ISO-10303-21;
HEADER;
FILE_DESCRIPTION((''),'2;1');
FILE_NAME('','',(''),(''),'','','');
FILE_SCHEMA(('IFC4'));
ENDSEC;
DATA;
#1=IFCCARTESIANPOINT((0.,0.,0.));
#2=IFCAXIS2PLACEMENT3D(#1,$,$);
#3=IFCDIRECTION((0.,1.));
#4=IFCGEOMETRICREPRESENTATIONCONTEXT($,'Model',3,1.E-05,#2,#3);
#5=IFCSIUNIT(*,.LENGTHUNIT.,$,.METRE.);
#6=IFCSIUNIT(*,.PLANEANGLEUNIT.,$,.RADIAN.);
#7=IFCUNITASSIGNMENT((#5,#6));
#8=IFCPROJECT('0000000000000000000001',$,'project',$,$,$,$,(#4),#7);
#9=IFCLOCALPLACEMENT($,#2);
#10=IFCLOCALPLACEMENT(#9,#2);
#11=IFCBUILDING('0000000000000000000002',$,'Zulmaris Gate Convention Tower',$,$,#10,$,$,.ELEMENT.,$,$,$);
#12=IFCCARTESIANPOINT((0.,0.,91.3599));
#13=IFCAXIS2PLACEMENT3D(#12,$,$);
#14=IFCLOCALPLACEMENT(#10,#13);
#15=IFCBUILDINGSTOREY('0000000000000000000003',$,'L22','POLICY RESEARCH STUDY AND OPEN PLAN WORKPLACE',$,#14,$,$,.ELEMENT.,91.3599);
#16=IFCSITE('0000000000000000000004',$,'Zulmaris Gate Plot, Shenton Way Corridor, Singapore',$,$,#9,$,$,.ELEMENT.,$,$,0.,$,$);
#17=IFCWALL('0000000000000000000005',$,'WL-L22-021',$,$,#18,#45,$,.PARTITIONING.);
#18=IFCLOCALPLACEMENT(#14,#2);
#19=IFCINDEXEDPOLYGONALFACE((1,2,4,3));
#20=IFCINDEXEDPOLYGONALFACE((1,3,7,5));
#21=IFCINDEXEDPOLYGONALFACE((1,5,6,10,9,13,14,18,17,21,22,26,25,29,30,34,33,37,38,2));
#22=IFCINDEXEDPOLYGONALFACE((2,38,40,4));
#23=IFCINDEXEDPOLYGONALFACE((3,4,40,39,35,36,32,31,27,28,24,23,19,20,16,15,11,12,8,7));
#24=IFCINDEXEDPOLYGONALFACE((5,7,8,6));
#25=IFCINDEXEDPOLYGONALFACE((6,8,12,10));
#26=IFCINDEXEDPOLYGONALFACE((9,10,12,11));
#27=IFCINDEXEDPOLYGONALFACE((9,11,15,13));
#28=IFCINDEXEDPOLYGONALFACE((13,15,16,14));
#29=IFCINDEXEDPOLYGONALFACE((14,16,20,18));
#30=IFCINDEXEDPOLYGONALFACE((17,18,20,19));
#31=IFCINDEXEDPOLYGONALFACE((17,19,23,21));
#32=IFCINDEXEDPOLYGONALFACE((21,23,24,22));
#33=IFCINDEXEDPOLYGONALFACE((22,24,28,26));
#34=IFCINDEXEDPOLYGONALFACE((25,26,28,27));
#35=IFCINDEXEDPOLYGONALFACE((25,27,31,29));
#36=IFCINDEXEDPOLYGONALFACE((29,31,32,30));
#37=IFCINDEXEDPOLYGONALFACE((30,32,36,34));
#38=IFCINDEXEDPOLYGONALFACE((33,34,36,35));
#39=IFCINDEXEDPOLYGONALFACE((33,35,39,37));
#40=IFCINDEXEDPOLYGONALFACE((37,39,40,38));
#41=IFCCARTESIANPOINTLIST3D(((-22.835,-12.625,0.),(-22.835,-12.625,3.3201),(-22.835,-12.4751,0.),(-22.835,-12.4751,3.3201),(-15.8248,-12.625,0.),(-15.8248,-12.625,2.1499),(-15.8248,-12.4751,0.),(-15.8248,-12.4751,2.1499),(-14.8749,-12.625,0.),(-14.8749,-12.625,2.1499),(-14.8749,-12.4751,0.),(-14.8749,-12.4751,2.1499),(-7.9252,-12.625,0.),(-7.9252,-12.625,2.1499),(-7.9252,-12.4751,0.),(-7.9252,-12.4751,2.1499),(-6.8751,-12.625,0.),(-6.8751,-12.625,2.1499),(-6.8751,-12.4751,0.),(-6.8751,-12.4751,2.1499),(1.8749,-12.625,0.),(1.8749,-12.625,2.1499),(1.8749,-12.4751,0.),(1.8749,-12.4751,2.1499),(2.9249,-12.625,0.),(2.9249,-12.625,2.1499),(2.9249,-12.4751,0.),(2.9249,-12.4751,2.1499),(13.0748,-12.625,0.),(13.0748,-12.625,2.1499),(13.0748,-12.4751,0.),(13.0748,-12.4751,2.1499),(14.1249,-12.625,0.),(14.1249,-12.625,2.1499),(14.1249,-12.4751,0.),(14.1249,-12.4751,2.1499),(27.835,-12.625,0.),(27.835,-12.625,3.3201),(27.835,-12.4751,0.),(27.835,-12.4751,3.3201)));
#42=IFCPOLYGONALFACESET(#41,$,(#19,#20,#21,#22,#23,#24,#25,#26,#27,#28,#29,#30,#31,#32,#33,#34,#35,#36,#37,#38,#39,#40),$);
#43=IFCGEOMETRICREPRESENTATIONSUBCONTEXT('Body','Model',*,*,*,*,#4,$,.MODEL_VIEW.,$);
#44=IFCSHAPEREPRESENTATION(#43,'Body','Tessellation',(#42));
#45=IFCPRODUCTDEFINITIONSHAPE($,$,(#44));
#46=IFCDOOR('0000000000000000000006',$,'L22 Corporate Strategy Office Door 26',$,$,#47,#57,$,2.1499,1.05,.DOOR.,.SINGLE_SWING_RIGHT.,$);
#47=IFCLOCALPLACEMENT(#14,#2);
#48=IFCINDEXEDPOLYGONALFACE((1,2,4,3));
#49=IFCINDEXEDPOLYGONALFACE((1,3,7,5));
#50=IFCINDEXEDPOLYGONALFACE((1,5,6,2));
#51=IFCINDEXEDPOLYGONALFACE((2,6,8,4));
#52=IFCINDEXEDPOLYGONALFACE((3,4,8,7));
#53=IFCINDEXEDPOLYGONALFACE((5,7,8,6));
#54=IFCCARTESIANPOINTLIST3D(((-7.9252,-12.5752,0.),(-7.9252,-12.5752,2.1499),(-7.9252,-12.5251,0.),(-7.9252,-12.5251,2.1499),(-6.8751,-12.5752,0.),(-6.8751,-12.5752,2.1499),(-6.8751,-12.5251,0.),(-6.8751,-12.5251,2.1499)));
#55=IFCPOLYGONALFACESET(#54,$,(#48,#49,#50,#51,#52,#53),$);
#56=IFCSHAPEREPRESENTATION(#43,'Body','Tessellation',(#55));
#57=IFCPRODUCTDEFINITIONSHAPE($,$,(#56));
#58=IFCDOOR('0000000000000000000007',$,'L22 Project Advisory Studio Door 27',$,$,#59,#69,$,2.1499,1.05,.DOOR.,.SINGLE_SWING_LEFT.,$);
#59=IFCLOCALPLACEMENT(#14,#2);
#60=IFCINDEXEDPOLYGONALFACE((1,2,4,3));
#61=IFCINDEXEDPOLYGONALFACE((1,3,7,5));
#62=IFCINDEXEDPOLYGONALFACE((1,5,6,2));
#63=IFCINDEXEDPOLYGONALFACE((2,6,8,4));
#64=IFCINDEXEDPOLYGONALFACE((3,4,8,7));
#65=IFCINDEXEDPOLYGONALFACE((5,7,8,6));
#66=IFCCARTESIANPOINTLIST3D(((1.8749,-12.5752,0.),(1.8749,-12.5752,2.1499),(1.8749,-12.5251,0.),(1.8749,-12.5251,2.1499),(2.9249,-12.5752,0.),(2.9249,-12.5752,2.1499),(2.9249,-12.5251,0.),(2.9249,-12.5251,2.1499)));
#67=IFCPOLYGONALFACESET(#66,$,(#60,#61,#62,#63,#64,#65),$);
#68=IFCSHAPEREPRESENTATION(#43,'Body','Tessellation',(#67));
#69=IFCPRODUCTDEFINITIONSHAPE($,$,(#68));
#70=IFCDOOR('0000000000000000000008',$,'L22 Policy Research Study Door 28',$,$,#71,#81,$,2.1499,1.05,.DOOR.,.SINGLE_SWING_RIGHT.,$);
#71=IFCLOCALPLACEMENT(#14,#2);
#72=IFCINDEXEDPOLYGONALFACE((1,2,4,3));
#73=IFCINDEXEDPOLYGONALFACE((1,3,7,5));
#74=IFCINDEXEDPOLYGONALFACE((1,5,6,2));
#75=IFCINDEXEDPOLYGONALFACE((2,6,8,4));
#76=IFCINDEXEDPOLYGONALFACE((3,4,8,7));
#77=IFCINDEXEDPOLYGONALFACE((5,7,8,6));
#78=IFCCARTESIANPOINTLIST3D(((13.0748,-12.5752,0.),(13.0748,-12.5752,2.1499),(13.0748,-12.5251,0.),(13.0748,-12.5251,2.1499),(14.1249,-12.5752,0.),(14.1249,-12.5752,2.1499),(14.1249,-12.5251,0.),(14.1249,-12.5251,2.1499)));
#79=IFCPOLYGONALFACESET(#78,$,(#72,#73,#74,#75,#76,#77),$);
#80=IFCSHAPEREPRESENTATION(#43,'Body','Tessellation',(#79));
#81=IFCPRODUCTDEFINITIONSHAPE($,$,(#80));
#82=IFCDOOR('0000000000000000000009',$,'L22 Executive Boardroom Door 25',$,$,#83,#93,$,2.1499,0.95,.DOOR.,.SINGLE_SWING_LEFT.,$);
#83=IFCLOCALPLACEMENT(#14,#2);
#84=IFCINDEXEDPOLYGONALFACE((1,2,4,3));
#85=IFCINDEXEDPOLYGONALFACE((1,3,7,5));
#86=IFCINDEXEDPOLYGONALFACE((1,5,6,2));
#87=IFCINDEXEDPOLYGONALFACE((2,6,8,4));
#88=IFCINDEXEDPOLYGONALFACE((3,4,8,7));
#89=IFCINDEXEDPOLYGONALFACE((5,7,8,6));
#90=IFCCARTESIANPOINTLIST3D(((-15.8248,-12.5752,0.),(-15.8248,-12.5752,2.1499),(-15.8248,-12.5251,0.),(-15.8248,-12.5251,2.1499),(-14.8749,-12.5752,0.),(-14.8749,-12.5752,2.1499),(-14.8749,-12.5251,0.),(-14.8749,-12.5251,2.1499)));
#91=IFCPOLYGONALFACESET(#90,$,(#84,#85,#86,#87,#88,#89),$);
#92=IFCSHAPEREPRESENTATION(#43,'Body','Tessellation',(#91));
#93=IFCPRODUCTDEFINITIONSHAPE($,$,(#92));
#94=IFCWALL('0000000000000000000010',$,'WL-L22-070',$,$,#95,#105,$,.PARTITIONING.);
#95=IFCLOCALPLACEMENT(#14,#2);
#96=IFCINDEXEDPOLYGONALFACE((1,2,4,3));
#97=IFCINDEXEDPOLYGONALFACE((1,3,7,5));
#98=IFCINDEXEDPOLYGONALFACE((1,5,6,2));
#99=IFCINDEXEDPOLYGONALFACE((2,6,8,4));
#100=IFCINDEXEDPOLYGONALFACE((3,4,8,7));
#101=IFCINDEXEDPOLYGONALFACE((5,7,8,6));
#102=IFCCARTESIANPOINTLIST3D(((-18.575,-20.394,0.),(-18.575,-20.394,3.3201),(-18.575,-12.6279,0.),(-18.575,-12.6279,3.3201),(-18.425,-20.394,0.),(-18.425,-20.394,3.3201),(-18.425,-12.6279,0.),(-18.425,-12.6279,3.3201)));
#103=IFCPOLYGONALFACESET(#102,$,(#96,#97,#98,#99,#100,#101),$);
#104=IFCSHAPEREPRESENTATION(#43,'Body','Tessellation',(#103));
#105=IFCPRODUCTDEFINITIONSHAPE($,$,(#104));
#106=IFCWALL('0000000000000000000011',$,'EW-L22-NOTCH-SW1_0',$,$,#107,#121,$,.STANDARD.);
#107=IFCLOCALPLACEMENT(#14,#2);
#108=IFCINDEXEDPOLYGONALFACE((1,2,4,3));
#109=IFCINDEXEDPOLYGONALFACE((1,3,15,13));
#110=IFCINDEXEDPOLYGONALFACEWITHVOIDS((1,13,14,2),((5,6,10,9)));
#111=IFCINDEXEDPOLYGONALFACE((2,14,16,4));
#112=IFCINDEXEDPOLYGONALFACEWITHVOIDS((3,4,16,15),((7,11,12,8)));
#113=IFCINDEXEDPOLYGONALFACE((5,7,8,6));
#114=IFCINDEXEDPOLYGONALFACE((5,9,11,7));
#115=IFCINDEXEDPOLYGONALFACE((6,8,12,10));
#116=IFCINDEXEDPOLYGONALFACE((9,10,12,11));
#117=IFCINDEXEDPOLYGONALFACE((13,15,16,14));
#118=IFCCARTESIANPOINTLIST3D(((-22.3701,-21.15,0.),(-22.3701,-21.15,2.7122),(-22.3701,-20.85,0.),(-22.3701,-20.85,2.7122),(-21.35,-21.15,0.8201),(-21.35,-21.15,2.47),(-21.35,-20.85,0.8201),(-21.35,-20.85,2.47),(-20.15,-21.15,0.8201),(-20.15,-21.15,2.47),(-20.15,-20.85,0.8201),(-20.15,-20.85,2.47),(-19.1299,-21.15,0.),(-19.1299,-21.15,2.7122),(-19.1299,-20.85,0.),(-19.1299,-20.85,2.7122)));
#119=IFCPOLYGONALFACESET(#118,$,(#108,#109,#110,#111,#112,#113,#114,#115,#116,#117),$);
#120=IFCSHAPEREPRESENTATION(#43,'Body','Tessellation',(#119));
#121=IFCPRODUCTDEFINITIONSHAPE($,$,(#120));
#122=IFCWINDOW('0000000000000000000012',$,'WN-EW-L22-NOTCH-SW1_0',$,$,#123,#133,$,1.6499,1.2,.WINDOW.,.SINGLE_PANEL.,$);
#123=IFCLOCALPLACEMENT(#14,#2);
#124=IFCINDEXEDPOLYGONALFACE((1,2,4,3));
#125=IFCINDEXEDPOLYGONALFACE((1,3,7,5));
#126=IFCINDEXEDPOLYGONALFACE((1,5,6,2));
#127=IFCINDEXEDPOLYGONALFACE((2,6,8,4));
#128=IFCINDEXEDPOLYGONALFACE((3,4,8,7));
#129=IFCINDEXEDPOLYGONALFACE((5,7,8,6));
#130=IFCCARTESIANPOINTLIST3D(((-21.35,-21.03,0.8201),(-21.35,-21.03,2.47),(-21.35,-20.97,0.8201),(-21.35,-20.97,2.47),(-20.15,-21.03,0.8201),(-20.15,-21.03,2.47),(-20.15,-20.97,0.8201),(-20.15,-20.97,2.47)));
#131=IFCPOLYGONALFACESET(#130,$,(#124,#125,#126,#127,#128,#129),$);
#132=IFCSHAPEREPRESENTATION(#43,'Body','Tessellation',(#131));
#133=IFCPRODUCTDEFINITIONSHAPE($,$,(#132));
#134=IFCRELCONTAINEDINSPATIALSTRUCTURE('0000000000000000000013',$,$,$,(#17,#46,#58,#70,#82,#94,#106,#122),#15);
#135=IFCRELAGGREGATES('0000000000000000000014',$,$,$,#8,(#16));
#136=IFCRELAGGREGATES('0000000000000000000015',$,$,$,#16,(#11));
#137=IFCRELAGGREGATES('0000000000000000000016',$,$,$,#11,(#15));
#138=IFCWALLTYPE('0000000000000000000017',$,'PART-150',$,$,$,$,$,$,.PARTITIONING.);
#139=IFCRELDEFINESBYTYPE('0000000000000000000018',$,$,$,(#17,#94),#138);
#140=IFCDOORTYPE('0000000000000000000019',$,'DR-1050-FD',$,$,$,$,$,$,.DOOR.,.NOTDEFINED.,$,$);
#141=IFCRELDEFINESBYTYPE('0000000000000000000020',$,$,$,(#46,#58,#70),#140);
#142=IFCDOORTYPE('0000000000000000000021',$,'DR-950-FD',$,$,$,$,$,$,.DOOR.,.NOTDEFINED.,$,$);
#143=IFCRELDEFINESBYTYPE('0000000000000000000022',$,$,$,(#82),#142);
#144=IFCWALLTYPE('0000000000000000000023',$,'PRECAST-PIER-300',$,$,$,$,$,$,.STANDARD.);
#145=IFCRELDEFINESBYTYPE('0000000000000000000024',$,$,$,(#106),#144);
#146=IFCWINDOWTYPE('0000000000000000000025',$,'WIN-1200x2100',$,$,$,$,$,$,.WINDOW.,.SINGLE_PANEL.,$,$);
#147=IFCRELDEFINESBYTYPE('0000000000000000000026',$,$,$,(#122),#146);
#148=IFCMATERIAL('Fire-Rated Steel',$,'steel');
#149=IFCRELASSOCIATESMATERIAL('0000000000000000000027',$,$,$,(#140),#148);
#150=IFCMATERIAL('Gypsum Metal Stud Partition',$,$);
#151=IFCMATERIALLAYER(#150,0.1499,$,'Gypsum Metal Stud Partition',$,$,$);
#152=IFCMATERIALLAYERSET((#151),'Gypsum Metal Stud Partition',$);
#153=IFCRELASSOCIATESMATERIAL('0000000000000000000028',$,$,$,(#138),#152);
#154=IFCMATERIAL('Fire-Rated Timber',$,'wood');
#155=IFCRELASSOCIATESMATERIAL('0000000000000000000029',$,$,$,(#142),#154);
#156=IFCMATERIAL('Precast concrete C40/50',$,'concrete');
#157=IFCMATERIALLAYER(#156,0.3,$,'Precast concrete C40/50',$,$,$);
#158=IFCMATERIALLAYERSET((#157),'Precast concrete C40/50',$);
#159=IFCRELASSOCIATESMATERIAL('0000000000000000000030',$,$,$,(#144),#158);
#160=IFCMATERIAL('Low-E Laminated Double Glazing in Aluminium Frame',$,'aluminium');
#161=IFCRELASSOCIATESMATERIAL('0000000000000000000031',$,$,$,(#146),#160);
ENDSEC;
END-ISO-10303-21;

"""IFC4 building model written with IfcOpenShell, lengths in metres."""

from ifc_helpers import new_model, si_unit, direction, frame, frame_2d, origin, place, context, subcontext, project, spatial, rectangle, extrude, material, layer, layer_set, type_object, element, fill, save


model = new_model("IFC4")

# Units and contexts
model_context = context("Model", 3, precision=1e-05, world=origin(), true_north=direction((0.0, 1.0)))
body_context = subcontext(model_context, "Body", "Model", "MODEL_VIEW")
ifc_project = project(units=[si_unit("LENGTHUNIT", "METRE"), si_unit("PLANEANGLEUNIT", "RADIAN")], contexts=[model_context])

# Site, building, storey
site_placement = place(None, origin())
site = spatial("IfcSite", under=ifc_project, at=site_placement, Name="Zulmaris Gate Plot, Shenton Way Corridor, Singapore", CompositionType="ELEMENT", RefElevation=0.0)
building_placement = place(site_placement, origin())
building = spatial("IfcBuilding", under=site, at=building_placement, Name="Zulmaris Gate Convention Tower", CompositionType="ELEMENT")
storey_placement = place(building_placement, frame((0.0, 0.0, 91.3599)))
storey = spatial("IfcBuildingStorey", under=building, at=storey_placement, Name="L22", Description="POLICY RESEARCH STUDY AND OPEN PLAN WORKPLACE", CompositionType="ELEMENT", Elevation=91.3599)

# Shared definitions
ifc_material_1 = material(Name="Fire-Rated Steel", Category="steel")
door_type_1 = type_object("IfcDoorType", Name="DR-1050-FD", OperationType="NOTDEFINED", PredefinedType="DOOR", material=ifc_material_1)

# Wall, openings, doors
ifc_material_2 = material(Name="Gypsum Metal Stud Partition")
ifc_layer_1 = layer(ifc_material_2, 0.1499, Name="Gypsum Metal Stud Partition")
ifc_layer_set_1 = layer_set([ifc_layer_1], Name="Gypsum Metal Stud Partition")
wall_type_1 = type_object("IfcWallType", Name="PART-150", PredefinedType="PARTITIONING", material=ifc_layer_set_1)
wall_1_placement = place(storey_placement, frame((-22.835, -12.55, 0.0), z_axis=(0.0, 0.0, 1.0), x_axis=(1.0, 0.0, 0.0)))
wall_1 = element("IfcWall", 1, at=wall_1_placement, inside=storey, type_object=wall_type_1, Name="WL-L22-021", PredefinedType="PARTITIONING", context=body_context, shape_type="SweptSolid", body=[
    extrude(rectangle(XDim=50.6699, YDim=0.1499, at=frame_2d((25.335, 0.0))), origin(), (0.0, 0.0, 1.0), 3.3201),
])
opening_1_placement = place(wall_1_placement, frame((7.01, 0.0, 0.0)))
opening_1 = element("IfcOpeningElement", 2, at=opening_1_placement, cuts=wall_1, PredefinedType="OPENING", context=body_context, shape_type="SweptSolid", body=[
    extrude(rectangle(XDim=0.95, YDim=2.1499, at=frame_2d((0.4751, 1.075))), frame((0.0, 0.085, 0.0), z_axis=(0.0, -1.0, 0.0), x_axis=(1.0, 0.0, 0.0)), (0.0, 0.0, 1.0), 0.1699),
])
opening_2_placement = place(wall_1_placement, frame((14.9099, 0.0, 0.0)))
opening_2 = element("IfcOpeningElement", 3, at=opening_2_placement, cuts=wall_1, PredefinedType="OPENING", context=body_context, shape_type="SweptSolid", body=[
    extrude(rectangle(XDim=1.05, YDim=2.1499, at=frame_2d((0.5249, 1.075))), frame((0.0, 0.085, 0.0), z_axis=(0.0, -1.0, 0.0), x_axis=(1.0, 0.0, 0.0)), (0.0, 0.0, 1.0), 0.1699),
])
opening_3_placement = place(wall_1_placement, frame((24.71, 0.0, 0.0)))
opening_3 = element("IfcOpeningElement", 4, at=opening_3_placement, cuts=wall_1, PredefinedType="OPENING", context=body_context, shape_type="SweptSolid", body=[
    extrude(rectangle(XDim=1.05, YDim=2.1499, at=frame_2d((0.5249, 1.075))), frame((0.0, 0.085, 0.0), z_axis=(0.0, -1.0, 0.0), x_axis=(1.0, 0.0, 0.0)), (0.0, 0.0, 1.0), 0.1699),
])
opening_4_placement = place(wall_1_placement, frame((35.9099, 0.0, 0.0)))
opening_4 = element("IfcOpeningElement", 5, at=opening_4_placement, cuts=wall_1, PredefinedType="OPENING", context=body_context, shape_type="SweptSolid", body=[
    extrude(rectangle(XDim=1.05, YDim=2.1499, at=frame_2d((0.5249, 1.075))), frame((0.0, 0.085, 0.0), z_axis=(0.0, -1.0, 0.0), x_axis=(1.0, 0.0, 0.0)), (0.0, 0.0, 1.0), 0.1699),
])
door_1_placement = place(opening_2_placement, origin())
door_1 = element("IfcDoor", 6, at=door_1_placement, inside=storey, type_object=door_type_1, Name="L22 Corporate Strategy Office Door 26", OperationType="SINGLE_SWING_RIGHT", OverallHeight=2.1499, OverallWidth=1.05, PredefinedType="DOOR", context=body_context, shape_type="SweptSolid", body=[
    extrude(rectangle(XDim=1.05, YDim=2.1499, at=frame_2d((0.5249, 1.075))), frame((0.0, 0.0249, 0.0), z_axis=(0.0, -1.0, 0.0), x_axis=(1.0, 0.0, 0.0)), (0.0, 0.0, 1.0), 0.05),
])
fill(opening_2, door_1)
door_2_placement = place(opening_3_placement, origin())
door_2 = element("IfcDoor", 7, at=door_2_placement, inside=storey, type_object=door_type_1, Name="L22 Project Advisory Studio Door 27", OperationType="SINGLE_SWING_LEFT", OverallHeight=2.1499, OverallWidth=1.05, PredefinedType="DOOR", context=body_context, shape_type="SweptSolid", body=[
    extrude(rectangle(XDim=1.05, YDim=2.1499, at=frame_2d((0.5249, 1.075))), frame((0.0, 0.0249, 0.0), z_axis=(0.0, -1.0, 0.0), x_axis=(1.0, 0.0, 0.0)), (0.0, 0.0, 1.0), 0.05),
])
fill(opening_3, door_2)
door_3_placement = place(opening_4_placement, origin())
door_3 = element("IfcDoor", 8, at=door_3_placement, inside=storey, type_object=door_type_1, Name="L22 Policy Research Study Door 28", OperationType="SINGLE_SWING_RIGHT", OverallHeight=2.1499, OverallWidth=1.05, PredefinedType="DOOR", context=body_context, shape_type="SweptSolid", body=[
    extrude(rectangle(XDim=1.05, YDim=2.1499, at=frame_2d((0.5249, 1.075))), frame((0.0, 0.0249, 0.0), z_axis=(0.0, -1.0, 0.0), x_axis=(1.0, 0.0, 0.0)), (0.0, 0.0, 1.0), 0.05),
])
fill(opening_4, door_3)
ifc_material_3 = material(Name="Fire-Rated Timber", Category="wood")
door_type_2 = type_object("IfcDoorType", Name="DR-950-FD", OperationType="NOTDEFINED", PredefinedType="DOOR", material=ifc_material_3)
door_4_placement = place(opening_1_placement, origin())
door_4 = element("IfcDoor", 9, at=door_4_placement, inside=storey, type_object=door_type_2, Name="L22 Executive Boardroom Door 25", OperationType="SINGLE_SWING_LEFT", OverallHeight=2.1499, OverallWidth=0.95, PredefinedType="DOOR", context=body_context, shape_type="SweptSolid", body=[
    extrude(rectangle(XDim=0.95, YDim=2.1499, at=frame_2d((0.4751, 1.075))), frame((0.0, 0.0249, 0.0), z_axis=(0.0, -1.0, 0.0), x_axis=(1.0, 0.0, 0.0)), (0.0, 0.0, 1.0), 0.05),
])
fill(opening_1, door_4)

# Wall
wall_2_placement = place(storey_placement, frame((-18.5, -20.394, 0.0), z_axis=(0.0, 0.0, 1.0), x_axis=(0.0, 1.0, 0.0)))
element("IfcWall", 10, at=wall_2_placement, inside=storey, type_object=wall_type_1, Name="WL-L22-070", PredefinedType="PARTITIONING", context=body_context, shape_type="SweptSolid", body=[
    extrude(rectangle(XDim=7.7661, YDim=0.1499, at=frame_2d((3.8831, 0.0))), origin(), (0.0, 0.0, 1.0), 3.3201),
])

# Wall, opening, window
ifc_material_4 = material(Name="Precast concrete C40/50", Category="concrete")
ifc_layer_2 = layer(ifc_material_4, 0.3, Name="Precast concrete C40/50")
ifc_layer_set_2 = layer_set([ifc_layer_2], Name="Precast concrete C40/50")
wall_type_2 = type_object("IfcWallType", Name="PRECAST-PIER-300", PredefinedType="STANDARD", material=ifc_layer_set_2)
wall_3_placement = place(storey_placement, frame((-22.3701, -21.0, 0.0), z_axis=(0.0, 0.0, 1.0), x_axis=(1.0, 0.0, 0.0)))
wall_3 = element("IfcWall", 11, at=wall_3_placement, inside=storey, type_object=wall_type_2, Name="EW-L22-NOTCH-SW1_0", PredefinedType="STANDARD", context=body_context, shape_type="SweptSolid", body=[
    extrude(rectangle(XDim=3.2402, YDim=0.3, at=frame_2d((1.6201, 0.0))), origin(), (0.0, 0.0, 1.0), 2.7122),
])
opening_5_placement = place(wall_3_placement, frame((1.02, 0.0, 0.8201)))
opening_5 = element("IfcOpeningElement", 12, at=opening_5_placement, cuts=wall_3, PredefinedType="OPENING", context=body_context, shape_type="SweptSolid", body=[
    extrude(rectangle(XDim=1.2, YDim=1.6499, at=frame_2d((0.6001, 0.825))), frame((0.0, 0.1602, 0.0), z_axis=(0.0, -1.0, 0.0), x_axis=(1.0, 0.0, 0.0)), (0.0, 0.0, 1.0), 0.3201),
])
ifc_material_5 = material(Name="Low-E Laminated Double Glazing in Aluminium Frame", Category="aluminium")
window_type = type_object("IfcWindowType", Name="WIN-1200x2100", PartitioningType="SINGLE_PANEL", PredefinedType="WINDOW", material=ifc_material_5)
window_placement = place(opening_5_placement, origin())
window = element("IfcWindow", 13, at=window_placement, inside=storey, type_object=window_type, Name="WN-EW-L22-NOTCH-SW1_0", OverallHeight=1.6499, OverallWidth=1.2, PartitioningType="SINGLE_PANEL", PredefinedType="WINDOW", context=body_context, shape_type="SweptSolid", body=[
    extrude(rectangle(XDim=1.2, YDim=1.6499, at=frame_2d((0.6001, 0.825))), frame((0.0, 0.03, 0.0), z_axis=(0.0, -1.0, 0.0), x_axis=(1.0, 0.0, 0.0)), (0.0, 0.0, 1.0), 0.0601),
])
fill(opening_5, window)

save(model, "model.ifc")
